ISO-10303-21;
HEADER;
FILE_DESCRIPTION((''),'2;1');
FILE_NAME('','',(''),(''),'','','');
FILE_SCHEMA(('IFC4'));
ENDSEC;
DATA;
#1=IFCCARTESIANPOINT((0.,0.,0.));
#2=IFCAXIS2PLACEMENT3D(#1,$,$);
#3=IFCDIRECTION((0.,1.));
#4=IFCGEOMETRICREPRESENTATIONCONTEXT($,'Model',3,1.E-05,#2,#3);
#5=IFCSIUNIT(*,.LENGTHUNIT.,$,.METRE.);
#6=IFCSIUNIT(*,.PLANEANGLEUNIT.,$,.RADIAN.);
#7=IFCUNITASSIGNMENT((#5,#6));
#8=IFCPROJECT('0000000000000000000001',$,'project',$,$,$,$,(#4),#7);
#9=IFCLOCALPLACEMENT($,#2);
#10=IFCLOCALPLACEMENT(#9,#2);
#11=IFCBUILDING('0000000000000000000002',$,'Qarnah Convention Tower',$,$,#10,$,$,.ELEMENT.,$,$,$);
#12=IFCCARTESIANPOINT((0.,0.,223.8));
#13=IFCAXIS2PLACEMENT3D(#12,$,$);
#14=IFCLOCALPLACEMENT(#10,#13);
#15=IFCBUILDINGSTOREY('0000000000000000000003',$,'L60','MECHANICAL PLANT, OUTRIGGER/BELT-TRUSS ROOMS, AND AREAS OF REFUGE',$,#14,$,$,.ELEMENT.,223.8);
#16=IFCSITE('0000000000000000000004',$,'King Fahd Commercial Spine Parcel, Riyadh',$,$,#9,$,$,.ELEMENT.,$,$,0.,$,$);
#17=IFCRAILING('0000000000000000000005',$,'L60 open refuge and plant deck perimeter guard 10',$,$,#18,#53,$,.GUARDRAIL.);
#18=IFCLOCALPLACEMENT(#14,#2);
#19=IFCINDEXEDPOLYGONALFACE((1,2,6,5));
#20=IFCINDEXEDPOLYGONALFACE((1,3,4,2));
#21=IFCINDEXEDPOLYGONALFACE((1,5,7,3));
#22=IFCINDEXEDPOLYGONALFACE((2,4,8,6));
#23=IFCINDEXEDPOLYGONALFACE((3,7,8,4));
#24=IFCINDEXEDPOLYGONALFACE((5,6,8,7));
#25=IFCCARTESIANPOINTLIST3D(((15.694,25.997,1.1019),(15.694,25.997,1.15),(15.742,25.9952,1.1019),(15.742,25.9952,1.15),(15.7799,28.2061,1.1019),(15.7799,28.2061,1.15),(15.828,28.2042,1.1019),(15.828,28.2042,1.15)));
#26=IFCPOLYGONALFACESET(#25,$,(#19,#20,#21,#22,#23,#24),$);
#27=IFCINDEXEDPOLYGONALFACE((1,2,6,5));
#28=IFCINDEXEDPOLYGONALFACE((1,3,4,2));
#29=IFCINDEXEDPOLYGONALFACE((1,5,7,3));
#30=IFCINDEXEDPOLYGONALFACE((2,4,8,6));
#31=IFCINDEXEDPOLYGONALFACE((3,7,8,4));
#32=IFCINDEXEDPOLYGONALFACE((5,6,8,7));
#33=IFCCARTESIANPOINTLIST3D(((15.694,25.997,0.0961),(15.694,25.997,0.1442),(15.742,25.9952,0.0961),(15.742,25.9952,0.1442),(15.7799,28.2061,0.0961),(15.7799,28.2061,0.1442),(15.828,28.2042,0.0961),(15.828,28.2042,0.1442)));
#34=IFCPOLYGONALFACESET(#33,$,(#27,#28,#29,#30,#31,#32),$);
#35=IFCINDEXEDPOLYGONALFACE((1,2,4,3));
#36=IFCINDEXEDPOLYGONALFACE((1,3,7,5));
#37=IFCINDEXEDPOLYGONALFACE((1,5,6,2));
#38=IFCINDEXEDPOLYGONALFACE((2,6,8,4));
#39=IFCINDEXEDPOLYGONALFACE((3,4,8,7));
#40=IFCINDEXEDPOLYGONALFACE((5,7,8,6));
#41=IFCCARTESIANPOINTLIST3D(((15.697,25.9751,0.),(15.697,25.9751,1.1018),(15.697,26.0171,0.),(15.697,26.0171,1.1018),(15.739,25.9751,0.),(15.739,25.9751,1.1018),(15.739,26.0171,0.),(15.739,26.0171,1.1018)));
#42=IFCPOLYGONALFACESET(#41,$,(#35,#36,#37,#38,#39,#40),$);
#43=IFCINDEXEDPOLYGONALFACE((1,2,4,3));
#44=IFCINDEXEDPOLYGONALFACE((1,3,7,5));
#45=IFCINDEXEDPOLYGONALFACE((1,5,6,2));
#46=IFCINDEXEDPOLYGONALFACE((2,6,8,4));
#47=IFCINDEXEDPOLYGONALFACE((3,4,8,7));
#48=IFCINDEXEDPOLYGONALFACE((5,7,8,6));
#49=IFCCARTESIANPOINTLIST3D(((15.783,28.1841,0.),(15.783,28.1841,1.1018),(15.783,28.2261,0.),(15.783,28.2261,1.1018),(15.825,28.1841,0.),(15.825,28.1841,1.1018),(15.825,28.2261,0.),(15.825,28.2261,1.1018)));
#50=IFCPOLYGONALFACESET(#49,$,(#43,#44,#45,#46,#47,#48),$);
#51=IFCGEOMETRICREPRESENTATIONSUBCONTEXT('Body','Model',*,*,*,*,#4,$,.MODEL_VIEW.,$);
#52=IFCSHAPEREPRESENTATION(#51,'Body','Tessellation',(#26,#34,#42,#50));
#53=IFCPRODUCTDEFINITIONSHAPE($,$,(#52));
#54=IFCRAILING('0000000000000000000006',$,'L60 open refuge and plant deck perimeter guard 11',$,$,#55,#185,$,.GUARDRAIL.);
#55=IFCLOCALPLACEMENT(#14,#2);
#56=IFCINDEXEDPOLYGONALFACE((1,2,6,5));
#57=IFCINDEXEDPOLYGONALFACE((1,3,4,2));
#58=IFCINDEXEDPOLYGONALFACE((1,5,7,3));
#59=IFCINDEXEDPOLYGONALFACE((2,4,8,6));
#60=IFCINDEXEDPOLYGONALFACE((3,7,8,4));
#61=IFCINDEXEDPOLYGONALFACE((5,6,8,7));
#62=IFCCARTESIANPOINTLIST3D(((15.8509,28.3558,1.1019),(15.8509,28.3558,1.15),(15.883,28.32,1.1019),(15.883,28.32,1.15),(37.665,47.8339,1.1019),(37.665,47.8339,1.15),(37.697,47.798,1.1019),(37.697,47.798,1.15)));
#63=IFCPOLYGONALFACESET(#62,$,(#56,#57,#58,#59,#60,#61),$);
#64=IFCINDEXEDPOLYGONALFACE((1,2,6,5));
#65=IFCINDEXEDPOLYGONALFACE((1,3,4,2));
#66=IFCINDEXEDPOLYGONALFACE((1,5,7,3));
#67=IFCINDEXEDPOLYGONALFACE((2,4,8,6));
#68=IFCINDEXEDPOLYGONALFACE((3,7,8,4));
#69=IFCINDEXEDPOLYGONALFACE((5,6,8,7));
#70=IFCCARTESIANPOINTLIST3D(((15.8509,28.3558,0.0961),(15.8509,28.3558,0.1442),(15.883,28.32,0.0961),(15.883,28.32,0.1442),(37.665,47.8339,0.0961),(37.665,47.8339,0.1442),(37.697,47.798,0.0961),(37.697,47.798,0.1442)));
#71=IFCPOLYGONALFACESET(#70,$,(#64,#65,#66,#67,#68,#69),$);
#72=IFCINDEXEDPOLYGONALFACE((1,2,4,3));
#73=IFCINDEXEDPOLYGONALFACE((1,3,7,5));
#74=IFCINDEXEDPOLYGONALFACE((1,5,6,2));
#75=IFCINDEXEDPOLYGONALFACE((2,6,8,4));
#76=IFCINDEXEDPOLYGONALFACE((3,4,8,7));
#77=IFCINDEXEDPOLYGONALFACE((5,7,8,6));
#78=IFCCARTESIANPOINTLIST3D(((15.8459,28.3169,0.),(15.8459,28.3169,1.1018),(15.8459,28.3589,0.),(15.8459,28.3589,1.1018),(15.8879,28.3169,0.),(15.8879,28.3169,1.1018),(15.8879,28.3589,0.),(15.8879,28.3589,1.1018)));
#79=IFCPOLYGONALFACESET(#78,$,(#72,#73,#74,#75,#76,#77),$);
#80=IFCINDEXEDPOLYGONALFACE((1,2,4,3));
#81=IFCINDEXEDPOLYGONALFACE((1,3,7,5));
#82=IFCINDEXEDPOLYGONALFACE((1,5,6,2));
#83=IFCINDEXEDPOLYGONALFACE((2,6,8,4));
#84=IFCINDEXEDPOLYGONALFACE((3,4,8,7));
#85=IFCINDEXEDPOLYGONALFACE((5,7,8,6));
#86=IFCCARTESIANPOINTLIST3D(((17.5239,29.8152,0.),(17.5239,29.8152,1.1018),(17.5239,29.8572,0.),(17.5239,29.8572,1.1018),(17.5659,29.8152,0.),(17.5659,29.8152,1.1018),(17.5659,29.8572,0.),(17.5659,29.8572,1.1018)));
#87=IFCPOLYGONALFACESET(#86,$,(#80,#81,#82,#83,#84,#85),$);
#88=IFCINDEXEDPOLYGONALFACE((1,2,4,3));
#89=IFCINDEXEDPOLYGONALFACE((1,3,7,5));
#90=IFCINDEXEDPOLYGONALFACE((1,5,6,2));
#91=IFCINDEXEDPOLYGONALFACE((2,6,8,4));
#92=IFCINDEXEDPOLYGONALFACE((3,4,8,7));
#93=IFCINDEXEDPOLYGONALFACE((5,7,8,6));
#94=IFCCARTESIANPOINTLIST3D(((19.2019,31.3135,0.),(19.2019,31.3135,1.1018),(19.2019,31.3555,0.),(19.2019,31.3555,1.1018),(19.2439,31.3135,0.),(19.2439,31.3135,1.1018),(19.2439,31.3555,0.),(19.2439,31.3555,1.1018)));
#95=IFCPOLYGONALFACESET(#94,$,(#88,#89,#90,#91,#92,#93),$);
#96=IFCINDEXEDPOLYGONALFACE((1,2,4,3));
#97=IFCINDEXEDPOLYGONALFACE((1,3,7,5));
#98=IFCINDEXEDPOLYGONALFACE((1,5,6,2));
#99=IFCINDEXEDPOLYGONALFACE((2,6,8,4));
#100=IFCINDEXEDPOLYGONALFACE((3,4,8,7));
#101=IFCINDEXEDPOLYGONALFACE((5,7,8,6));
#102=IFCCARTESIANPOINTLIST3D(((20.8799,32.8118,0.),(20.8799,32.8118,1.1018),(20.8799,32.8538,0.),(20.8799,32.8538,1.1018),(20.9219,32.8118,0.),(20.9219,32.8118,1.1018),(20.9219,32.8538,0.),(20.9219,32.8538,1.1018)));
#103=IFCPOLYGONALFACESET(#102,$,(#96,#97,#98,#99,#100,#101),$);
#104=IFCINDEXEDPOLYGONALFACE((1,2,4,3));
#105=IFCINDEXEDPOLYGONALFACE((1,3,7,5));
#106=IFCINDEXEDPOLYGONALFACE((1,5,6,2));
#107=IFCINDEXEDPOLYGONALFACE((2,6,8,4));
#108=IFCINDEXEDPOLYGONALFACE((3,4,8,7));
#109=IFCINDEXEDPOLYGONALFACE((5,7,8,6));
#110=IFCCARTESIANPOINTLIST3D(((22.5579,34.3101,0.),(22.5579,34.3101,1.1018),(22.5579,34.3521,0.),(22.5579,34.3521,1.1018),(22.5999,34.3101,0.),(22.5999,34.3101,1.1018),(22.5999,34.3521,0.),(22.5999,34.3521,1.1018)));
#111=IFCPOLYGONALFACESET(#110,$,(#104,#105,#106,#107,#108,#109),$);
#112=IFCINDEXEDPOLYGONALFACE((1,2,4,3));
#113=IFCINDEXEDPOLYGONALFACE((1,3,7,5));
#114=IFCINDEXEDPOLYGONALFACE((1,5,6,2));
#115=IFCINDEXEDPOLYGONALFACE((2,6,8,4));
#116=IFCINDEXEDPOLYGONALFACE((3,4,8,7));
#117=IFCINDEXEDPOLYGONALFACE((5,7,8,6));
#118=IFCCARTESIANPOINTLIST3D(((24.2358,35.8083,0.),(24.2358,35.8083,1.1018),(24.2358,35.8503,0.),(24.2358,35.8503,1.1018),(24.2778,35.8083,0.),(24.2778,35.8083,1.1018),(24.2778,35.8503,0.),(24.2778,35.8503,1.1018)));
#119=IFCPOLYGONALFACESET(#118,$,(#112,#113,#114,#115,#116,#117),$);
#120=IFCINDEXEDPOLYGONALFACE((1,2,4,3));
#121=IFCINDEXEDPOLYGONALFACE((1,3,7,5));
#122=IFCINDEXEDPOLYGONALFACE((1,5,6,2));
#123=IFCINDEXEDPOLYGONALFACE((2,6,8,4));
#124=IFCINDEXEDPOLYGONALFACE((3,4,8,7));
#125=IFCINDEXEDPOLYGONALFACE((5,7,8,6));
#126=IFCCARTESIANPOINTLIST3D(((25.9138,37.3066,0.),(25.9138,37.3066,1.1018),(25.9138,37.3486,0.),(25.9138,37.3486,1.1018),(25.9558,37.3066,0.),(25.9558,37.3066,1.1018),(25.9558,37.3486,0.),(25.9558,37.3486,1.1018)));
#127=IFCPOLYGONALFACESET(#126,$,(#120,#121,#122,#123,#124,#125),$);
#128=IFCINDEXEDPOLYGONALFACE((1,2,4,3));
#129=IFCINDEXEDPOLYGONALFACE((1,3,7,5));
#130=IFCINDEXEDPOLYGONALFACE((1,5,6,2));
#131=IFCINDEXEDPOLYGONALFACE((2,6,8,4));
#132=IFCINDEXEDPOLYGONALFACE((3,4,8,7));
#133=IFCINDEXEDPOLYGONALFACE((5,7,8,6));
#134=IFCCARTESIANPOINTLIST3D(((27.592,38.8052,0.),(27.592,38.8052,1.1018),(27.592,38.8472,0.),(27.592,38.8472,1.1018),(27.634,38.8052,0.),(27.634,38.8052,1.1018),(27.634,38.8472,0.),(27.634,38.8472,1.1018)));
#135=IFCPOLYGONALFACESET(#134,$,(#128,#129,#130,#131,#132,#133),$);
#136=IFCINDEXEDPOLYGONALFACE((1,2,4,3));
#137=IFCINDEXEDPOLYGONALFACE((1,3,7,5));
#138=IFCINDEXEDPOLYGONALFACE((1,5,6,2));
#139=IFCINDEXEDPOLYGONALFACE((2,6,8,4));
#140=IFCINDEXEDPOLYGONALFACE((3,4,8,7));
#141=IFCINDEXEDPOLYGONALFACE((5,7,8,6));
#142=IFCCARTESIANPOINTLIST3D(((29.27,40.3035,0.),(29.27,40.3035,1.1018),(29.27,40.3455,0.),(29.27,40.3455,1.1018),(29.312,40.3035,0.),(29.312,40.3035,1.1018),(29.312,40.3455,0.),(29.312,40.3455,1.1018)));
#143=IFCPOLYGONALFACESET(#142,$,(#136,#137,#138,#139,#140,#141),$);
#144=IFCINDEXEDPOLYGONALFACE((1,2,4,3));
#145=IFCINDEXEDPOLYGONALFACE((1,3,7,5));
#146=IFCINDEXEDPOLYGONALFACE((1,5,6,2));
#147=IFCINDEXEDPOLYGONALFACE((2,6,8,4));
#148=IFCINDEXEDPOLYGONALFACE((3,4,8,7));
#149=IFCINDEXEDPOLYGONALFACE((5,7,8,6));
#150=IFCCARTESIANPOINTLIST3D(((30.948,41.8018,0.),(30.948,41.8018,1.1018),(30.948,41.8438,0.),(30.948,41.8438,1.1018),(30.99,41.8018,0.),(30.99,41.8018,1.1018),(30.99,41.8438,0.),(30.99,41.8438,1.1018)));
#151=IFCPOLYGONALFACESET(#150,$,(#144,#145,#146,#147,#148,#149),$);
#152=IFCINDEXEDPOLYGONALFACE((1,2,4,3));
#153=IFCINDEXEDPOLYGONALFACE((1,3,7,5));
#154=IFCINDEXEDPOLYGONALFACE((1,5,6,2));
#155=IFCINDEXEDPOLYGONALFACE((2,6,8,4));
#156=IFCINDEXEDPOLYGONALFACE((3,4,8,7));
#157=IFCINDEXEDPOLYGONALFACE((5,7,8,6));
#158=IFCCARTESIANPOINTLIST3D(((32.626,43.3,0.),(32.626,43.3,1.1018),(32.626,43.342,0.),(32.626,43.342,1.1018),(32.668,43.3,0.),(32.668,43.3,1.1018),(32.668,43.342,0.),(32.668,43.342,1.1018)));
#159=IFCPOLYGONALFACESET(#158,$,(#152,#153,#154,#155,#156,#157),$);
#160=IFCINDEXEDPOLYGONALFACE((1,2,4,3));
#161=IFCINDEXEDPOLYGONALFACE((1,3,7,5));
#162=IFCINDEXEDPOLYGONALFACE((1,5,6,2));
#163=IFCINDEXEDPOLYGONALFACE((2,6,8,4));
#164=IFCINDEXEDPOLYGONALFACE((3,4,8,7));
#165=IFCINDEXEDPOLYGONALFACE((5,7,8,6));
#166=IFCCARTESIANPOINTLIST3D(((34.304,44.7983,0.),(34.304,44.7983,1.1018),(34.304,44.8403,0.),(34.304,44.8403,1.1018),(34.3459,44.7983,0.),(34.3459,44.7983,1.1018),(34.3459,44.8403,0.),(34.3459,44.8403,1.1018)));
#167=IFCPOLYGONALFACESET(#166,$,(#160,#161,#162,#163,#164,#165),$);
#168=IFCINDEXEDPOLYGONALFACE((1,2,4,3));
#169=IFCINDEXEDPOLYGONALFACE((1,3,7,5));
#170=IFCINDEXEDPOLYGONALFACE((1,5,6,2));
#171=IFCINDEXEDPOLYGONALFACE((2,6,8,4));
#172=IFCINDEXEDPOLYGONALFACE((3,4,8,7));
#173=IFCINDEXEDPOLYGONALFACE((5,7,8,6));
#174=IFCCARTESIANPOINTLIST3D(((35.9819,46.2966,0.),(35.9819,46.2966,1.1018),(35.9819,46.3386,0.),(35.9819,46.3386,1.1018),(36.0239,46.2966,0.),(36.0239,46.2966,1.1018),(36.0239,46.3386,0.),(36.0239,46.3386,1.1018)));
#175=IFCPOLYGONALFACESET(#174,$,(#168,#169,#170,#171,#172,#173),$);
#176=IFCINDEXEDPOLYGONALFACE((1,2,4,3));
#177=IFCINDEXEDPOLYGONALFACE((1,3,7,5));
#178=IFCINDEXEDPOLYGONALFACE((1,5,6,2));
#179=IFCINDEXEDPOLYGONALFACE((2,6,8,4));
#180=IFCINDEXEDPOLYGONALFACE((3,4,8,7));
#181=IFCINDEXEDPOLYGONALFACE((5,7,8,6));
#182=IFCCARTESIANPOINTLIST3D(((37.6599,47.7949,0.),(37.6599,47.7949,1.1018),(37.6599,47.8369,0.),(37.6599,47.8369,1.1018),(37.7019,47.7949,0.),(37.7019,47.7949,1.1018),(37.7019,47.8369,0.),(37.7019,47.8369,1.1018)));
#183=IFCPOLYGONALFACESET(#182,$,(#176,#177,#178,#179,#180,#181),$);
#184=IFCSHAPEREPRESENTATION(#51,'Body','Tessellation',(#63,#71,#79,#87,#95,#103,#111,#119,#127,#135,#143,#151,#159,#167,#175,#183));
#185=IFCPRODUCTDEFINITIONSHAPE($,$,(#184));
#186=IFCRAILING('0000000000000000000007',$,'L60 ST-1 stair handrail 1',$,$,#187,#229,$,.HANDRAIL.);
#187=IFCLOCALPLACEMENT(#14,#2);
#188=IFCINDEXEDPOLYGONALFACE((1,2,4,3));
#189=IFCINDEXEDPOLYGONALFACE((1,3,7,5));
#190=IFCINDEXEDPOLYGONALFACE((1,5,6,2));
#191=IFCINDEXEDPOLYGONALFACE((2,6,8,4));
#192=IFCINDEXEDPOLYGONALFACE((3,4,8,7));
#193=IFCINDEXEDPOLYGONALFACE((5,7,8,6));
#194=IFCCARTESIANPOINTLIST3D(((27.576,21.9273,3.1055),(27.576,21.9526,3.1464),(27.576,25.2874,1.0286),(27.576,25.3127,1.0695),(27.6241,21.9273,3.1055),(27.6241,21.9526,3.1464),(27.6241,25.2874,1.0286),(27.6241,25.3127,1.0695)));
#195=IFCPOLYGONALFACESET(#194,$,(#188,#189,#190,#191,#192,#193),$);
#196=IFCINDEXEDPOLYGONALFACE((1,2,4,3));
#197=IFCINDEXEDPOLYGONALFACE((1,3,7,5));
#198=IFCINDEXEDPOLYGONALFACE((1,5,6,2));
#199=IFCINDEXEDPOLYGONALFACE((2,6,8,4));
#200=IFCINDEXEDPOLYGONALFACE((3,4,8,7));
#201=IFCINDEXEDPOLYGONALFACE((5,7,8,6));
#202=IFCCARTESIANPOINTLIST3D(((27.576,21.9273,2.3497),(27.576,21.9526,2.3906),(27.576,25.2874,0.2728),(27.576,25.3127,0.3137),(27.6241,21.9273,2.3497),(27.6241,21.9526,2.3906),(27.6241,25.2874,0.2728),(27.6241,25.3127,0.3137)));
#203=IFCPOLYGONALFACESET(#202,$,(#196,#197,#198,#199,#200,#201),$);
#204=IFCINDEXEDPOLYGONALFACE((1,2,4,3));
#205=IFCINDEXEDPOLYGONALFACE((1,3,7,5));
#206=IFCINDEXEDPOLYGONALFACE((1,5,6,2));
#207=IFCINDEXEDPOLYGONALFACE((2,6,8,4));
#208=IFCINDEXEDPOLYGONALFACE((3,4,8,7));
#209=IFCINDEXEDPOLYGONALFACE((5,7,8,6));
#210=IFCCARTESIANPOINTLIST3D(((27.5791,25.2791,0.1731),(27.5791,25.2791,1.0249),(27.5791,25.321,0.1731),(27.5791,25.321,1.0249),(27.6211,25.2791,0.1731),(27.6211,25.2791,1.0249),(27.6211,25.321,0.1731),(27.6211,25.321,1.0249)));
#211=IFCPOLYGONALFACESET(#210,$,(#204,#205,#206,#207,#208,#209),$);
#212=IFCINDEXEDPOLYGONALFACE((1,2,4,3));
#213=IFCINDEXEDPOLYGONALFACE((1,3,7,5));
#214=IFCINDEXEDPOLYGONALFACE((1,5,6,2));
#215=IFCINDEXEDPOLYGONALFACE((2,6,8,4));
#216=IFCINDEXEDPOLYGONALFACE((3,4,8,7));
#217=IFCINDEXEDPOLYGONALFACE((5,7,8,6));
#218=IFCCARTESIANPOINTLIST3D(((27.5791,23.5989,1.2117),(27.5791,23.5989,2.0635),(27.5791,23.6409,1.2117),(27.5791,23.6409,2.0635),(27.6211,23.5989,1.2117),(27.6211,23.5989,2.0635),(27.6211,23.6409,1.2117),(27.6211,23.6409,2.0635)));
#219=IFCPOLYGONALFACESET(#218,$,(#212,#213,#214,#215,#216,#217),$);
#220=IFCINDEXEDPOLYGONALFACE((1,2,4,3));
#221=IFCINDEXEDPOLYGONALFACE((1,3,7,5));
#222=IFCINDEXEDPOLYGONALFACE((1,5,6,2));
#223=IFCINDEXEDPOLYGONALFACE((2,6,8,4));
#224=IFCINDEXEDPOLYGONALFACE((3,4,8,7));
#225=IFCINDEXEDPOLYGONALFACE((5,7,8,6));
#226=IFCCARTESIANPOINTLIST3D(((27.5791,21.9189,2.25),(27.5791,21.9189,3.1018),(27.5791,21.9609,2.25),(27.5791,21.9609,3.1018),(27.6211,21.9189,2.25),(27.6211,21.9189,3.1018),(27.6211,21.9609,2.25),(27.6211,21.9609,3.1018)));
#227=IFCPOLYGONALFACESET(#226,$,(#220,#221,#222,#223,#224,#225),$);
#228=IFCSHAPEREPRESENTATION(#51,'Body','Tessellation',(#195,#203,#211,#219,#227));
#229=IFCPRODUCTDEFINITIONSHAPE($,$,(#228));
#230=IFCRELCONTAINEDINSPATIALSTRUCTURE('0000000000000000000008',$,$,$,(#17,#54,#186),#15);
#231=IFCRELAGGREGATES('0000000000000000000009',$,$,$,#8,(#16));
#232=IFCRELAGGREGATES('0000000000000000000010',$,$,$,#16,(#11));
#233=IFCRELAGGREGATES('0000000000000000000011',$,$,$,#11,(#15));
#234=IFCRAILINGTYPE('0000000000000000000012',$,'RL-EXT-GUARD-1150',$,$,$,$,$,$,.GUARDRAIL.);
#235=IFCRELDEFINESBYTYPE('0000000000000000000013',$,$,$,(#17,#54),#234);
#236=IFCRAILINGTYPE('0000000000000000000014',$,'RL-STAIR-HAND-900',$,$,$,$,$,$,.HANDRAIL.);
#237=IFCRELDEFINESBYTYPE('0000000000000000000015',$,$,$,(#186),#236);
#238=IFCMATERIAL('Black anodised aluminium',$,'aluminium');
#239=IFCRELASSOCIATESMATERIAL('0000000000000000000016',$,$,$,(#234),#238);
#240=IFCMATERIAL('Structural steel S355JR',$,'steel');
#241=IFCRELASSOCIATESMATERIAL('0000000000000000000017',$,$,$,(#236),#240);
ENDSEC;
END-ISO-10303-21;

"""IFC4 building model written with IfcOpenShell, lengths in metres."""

from ifc_helpers import new_model, si_unit, direction, frame, origin, origin_2d, place, context, subcontext, project, spatial, rectangle, extrude, material, type_object, element, save


model = new_model("IFC4")

# Units and contexts
model_context = context("Model", 3, precision=1e-05, world=origin(), true_north=direction((0.0, 1.0)))
body_context = subcontext(model_context, "Body", "Model", "MODEL_VIEW")
ifc_project = project(units=[si_unit("LENGTHUNIT", "METRE"), si_unit("PLANEANGLEUNIT", "RADIAN")], contexts=[model_context])

# Site, building, storey
site_placement = place(None, origin())
site = spatial("IfcSite", under=ifc_project, at=site_placement, Name="King Fahd Commercial Spine Parcel, Riyadh", CompositionType="ELEMENT", RefElevation=0.0)
building_placement = place(site_placement, origin())
building = spatial("IfcBuilding", under=site, at=building_placement, Name="Qarnah Convention Tower", CompositionType="ELEMENT")
storey_placement = place(building_placement, frame((0.0, 0.0, 223.8)))
storey = spatial("IfcBuildingStorey", under=building, at=storey_placement, Name="L60", Description="MECHANICAL PLANT, OUTRIGGER/BELT-TRUSS ROOMS, AND AREAS OF REFUGE", CompositionType="ELEMENT", Elevation=223.8)

# Shared definitions
ifc_material_1 = material(Name="Structural steel S355JR", Category="steel")

# Railings
ifc_material_2 = material(Name="Black anodised aluminium", Category="aluminium")
railing_type_1 = type_object("IfcRailingType", Name="RL-EXT-GUARD-1150", PredefinedType="GUARDRAIL", material=ifc_material_2)
railing_1_placement = place(storey_placement, frame((15.718, 25.9961, 0.0)))
element("IfcRailing", 1, at=railing_1_placement, inside=storey, type_object=railing_type_1, Name="L60 open refuge and plant deck perimeter guard 10", PredefinedType="GUARDRAIL", context=body_context, shape_type="SweptSolid", body=[
    extrude(rectangle(XDim=0.0481, YDim=0.0481, at=origin_2d()), frame((0.0, 0.0, 1.126), z_axis=(0.038874, 0.999244, 0.0), x_axis=(-0.999244, 0.038874, 0.0)), (0.0, 0.0, 1.0), 2.2107),
    extrude(rectangle(XDim=0.0481, YDim=0.0481, at=origin_2d()), frame((0.0, 0.0, 0.1201), z_axis=(0.038874, 0.999244, 0.0), x_axis=(-0.999244, 0.038874, 0.0)), (0.0, 0.0, 1.0), 2.2107),
    extrude(rectangle(XDim=0.042, YDim=0.042, at=origin_2d()), origin(), (0.0, 0.0, 1.0), 1.1018),
    extrude(rectangle(XDim=0.042, YDim=0.042, at=origin_2d()), frame((0.0859, 2.209, 0.0)), (0.0, 0.0, 1.0), 1.1018),
])
railing_2_placement = place(storey_placement, frame((15.8669, 28.3379, 0.0)))
element("IfcRailing", 2, at=railing_2_placement, inside=storey, type_object=railing_type_1, Name="L60 open refuge and plant deck perimeter guard 11", PredefinedType="GUARDRAIL", context=body_context, shape_type="SweptSolid", body=[
    extrude(rectangle(XDim=0.0481, YDim=0.0481, at=origin_2d()), frame((0.0, 0.0, 1.126), z_axis=(0.745916, 0.66604, 0.0), x_axis=(-0.66604, 0.745916, 0.0)), (0.0, 0.0, 1.0), 29.2446),
    extrude(rectangle(XDim=0.0481, YDim=0.0481, at=origin_2d()), frame((0.0, 0.0, 0.1201), z_axis=(0.745916, 0.66604, 0.0), x_axis=(-0.66604, 0.745916, 0.0)), (0.0, 0.0, 1.0), 29.2446),
    extrude(rectangle(XDim=0.042, YDim=0.042, at=origin_2d()), origin(), (0.0, 0.0, 1.0), 1.1018),
    extrude(rectangle(XDim=0.042, YDim=0.042, at=origin_2d()), frame((1.678, 1.4983, 0.0)), (0.0, 0.0, 1.0), 1.1018),
    extrude(rectangle(XDim=0.042, YDim=0.042, at=origin_2d()), frame((3.356, 2.9966, 0.0)), (0.0, 0.0, 1.0), 1.1018),
    extrude(rectangle(XDim=0.042, YDim=0.042, at=origin_2d()), frame((5.0339, 4.4949, 0.0)), (0.0, 0.0, 1.0), 1.1018),
    extrude(rectangle(XDim=0.042, YDim=0.042, at=origin_2d()), frame((6.7119, 5.9932, 0.0)), (0.0, 0.0, 1.0), 1.1018),
    extrude(rectangle(XDim=0.042, YDim=0.042, at=origin_2d()), frame((8.3899, 7.4915, 0.0)), (0.0, 0.0, 1.0), 1.1018),
    extrude(rectangle(XDim=0.042, YDim=0.042, at=origin_2d()), frame((10.0679, 8.9897, 0.0)), (0.0, 0.0, 1.0), 1.1018),
    extrude(rectangle(XDim=0.042, YDim=0.042, at=origin_2d()), frame((11.7461, 10.4883, 0.0)), (0.0, 0.0, 1.0), 1.1018),
    extrude(rectangle(XDim=0.042, YDim=0.042, at=origin_2d()), frame((13.4241, 11.9866, 0.0)), (0.0, 0.0, 1.0), 1.1018),
    extrude(rectangle(XDim=0.042, YDim=0.042, at=origin_2d()), frame((15.1021, 13.4849, 0.0)), (0.0, 0.0, 1.0), 1.1018),
    extrude(rectangle(XDim=0.042, YDim=0.042, at=origin_2d()), frame((16.78, 14.9832, 0.0)), (0.0, 0.0, 1.0), 1.1018),
    extrude(rectangle(XDim=0.042, YDim=0.042, at=origin_2d()), frame((18.458, 16.4814, 0.0)), (0.0, 0.0, 1.0), 1.1018),
    extrude(rectangle(XDim=0.042, YDim=0.042, at=origin_2d()), frame((20.136, 17.9797, 0.0)), (0.0, 0.0, 1.0), 1.1018),
    extrude(rectangle(XDim=0.042, YDim=0.042, at=origin_2d()), frame((21.814, 19.478, 0.0)), (0.0, 0.0, 1.0), 1.1018),
])
railing_type_2 = type_object("IfcRailingType", Name="RL-STAIR-HAND-900", PredefinedType="HANDRAIL", material=ifc_material_1)
railing_3_placement = place(storey_placement, frame((27.6001, 25.3, 0.1731)))
element("IfcRailing", 3, at=railing_3_placement, inside=storey, type_object=railing_type_2, Name="L60 ST-1 stair handrail 1", PredefinedType="HANDRAIL", context=body_context, shape_type="SweptSolid", body=[
    extrude(rectangle(XDim=0.0481, YDim=0.0481, at=origin_2d()), frame((0.0, 0.0, 0.876), z_axis=(0.0, -0.850623, 0.525776), x_axis=(1.0, 0.0, 0.0)), (0.0, 0.0, 1.0), 3.9502),
    extrude(rectangle(XDim=0.0481, YDim=0.0481, at=origin_2d()), frame((0.0, 0.0, 0.1201), z_axis=(0.0, -0.850623, 0.525776), x_axis=(1.0, 0.0, 0.0)), (0.0, 0.0, 1.0), 3.9502),
    extrude(rectangle(XDim=0.042, YDim=0.042, at=origin_2d()), origin(), (0.0, 0.0, 1.0), 0.8518),
    extrude(rectangle(XDim=0.042, YDim=0.042, at=origin_2d()), frame((0.0, -1.6802, 1.0386)), (0.0, 0.0, 1.0), 0.8518),
    extrude(rectangle(XDim=0.042, YDim=0.042, at=origin_2d()), frame((0.0, -3.3601, 2.0769)), (0.0, 0.0, 1.0), 0.8518),
])

save(model, "model.ifc")
